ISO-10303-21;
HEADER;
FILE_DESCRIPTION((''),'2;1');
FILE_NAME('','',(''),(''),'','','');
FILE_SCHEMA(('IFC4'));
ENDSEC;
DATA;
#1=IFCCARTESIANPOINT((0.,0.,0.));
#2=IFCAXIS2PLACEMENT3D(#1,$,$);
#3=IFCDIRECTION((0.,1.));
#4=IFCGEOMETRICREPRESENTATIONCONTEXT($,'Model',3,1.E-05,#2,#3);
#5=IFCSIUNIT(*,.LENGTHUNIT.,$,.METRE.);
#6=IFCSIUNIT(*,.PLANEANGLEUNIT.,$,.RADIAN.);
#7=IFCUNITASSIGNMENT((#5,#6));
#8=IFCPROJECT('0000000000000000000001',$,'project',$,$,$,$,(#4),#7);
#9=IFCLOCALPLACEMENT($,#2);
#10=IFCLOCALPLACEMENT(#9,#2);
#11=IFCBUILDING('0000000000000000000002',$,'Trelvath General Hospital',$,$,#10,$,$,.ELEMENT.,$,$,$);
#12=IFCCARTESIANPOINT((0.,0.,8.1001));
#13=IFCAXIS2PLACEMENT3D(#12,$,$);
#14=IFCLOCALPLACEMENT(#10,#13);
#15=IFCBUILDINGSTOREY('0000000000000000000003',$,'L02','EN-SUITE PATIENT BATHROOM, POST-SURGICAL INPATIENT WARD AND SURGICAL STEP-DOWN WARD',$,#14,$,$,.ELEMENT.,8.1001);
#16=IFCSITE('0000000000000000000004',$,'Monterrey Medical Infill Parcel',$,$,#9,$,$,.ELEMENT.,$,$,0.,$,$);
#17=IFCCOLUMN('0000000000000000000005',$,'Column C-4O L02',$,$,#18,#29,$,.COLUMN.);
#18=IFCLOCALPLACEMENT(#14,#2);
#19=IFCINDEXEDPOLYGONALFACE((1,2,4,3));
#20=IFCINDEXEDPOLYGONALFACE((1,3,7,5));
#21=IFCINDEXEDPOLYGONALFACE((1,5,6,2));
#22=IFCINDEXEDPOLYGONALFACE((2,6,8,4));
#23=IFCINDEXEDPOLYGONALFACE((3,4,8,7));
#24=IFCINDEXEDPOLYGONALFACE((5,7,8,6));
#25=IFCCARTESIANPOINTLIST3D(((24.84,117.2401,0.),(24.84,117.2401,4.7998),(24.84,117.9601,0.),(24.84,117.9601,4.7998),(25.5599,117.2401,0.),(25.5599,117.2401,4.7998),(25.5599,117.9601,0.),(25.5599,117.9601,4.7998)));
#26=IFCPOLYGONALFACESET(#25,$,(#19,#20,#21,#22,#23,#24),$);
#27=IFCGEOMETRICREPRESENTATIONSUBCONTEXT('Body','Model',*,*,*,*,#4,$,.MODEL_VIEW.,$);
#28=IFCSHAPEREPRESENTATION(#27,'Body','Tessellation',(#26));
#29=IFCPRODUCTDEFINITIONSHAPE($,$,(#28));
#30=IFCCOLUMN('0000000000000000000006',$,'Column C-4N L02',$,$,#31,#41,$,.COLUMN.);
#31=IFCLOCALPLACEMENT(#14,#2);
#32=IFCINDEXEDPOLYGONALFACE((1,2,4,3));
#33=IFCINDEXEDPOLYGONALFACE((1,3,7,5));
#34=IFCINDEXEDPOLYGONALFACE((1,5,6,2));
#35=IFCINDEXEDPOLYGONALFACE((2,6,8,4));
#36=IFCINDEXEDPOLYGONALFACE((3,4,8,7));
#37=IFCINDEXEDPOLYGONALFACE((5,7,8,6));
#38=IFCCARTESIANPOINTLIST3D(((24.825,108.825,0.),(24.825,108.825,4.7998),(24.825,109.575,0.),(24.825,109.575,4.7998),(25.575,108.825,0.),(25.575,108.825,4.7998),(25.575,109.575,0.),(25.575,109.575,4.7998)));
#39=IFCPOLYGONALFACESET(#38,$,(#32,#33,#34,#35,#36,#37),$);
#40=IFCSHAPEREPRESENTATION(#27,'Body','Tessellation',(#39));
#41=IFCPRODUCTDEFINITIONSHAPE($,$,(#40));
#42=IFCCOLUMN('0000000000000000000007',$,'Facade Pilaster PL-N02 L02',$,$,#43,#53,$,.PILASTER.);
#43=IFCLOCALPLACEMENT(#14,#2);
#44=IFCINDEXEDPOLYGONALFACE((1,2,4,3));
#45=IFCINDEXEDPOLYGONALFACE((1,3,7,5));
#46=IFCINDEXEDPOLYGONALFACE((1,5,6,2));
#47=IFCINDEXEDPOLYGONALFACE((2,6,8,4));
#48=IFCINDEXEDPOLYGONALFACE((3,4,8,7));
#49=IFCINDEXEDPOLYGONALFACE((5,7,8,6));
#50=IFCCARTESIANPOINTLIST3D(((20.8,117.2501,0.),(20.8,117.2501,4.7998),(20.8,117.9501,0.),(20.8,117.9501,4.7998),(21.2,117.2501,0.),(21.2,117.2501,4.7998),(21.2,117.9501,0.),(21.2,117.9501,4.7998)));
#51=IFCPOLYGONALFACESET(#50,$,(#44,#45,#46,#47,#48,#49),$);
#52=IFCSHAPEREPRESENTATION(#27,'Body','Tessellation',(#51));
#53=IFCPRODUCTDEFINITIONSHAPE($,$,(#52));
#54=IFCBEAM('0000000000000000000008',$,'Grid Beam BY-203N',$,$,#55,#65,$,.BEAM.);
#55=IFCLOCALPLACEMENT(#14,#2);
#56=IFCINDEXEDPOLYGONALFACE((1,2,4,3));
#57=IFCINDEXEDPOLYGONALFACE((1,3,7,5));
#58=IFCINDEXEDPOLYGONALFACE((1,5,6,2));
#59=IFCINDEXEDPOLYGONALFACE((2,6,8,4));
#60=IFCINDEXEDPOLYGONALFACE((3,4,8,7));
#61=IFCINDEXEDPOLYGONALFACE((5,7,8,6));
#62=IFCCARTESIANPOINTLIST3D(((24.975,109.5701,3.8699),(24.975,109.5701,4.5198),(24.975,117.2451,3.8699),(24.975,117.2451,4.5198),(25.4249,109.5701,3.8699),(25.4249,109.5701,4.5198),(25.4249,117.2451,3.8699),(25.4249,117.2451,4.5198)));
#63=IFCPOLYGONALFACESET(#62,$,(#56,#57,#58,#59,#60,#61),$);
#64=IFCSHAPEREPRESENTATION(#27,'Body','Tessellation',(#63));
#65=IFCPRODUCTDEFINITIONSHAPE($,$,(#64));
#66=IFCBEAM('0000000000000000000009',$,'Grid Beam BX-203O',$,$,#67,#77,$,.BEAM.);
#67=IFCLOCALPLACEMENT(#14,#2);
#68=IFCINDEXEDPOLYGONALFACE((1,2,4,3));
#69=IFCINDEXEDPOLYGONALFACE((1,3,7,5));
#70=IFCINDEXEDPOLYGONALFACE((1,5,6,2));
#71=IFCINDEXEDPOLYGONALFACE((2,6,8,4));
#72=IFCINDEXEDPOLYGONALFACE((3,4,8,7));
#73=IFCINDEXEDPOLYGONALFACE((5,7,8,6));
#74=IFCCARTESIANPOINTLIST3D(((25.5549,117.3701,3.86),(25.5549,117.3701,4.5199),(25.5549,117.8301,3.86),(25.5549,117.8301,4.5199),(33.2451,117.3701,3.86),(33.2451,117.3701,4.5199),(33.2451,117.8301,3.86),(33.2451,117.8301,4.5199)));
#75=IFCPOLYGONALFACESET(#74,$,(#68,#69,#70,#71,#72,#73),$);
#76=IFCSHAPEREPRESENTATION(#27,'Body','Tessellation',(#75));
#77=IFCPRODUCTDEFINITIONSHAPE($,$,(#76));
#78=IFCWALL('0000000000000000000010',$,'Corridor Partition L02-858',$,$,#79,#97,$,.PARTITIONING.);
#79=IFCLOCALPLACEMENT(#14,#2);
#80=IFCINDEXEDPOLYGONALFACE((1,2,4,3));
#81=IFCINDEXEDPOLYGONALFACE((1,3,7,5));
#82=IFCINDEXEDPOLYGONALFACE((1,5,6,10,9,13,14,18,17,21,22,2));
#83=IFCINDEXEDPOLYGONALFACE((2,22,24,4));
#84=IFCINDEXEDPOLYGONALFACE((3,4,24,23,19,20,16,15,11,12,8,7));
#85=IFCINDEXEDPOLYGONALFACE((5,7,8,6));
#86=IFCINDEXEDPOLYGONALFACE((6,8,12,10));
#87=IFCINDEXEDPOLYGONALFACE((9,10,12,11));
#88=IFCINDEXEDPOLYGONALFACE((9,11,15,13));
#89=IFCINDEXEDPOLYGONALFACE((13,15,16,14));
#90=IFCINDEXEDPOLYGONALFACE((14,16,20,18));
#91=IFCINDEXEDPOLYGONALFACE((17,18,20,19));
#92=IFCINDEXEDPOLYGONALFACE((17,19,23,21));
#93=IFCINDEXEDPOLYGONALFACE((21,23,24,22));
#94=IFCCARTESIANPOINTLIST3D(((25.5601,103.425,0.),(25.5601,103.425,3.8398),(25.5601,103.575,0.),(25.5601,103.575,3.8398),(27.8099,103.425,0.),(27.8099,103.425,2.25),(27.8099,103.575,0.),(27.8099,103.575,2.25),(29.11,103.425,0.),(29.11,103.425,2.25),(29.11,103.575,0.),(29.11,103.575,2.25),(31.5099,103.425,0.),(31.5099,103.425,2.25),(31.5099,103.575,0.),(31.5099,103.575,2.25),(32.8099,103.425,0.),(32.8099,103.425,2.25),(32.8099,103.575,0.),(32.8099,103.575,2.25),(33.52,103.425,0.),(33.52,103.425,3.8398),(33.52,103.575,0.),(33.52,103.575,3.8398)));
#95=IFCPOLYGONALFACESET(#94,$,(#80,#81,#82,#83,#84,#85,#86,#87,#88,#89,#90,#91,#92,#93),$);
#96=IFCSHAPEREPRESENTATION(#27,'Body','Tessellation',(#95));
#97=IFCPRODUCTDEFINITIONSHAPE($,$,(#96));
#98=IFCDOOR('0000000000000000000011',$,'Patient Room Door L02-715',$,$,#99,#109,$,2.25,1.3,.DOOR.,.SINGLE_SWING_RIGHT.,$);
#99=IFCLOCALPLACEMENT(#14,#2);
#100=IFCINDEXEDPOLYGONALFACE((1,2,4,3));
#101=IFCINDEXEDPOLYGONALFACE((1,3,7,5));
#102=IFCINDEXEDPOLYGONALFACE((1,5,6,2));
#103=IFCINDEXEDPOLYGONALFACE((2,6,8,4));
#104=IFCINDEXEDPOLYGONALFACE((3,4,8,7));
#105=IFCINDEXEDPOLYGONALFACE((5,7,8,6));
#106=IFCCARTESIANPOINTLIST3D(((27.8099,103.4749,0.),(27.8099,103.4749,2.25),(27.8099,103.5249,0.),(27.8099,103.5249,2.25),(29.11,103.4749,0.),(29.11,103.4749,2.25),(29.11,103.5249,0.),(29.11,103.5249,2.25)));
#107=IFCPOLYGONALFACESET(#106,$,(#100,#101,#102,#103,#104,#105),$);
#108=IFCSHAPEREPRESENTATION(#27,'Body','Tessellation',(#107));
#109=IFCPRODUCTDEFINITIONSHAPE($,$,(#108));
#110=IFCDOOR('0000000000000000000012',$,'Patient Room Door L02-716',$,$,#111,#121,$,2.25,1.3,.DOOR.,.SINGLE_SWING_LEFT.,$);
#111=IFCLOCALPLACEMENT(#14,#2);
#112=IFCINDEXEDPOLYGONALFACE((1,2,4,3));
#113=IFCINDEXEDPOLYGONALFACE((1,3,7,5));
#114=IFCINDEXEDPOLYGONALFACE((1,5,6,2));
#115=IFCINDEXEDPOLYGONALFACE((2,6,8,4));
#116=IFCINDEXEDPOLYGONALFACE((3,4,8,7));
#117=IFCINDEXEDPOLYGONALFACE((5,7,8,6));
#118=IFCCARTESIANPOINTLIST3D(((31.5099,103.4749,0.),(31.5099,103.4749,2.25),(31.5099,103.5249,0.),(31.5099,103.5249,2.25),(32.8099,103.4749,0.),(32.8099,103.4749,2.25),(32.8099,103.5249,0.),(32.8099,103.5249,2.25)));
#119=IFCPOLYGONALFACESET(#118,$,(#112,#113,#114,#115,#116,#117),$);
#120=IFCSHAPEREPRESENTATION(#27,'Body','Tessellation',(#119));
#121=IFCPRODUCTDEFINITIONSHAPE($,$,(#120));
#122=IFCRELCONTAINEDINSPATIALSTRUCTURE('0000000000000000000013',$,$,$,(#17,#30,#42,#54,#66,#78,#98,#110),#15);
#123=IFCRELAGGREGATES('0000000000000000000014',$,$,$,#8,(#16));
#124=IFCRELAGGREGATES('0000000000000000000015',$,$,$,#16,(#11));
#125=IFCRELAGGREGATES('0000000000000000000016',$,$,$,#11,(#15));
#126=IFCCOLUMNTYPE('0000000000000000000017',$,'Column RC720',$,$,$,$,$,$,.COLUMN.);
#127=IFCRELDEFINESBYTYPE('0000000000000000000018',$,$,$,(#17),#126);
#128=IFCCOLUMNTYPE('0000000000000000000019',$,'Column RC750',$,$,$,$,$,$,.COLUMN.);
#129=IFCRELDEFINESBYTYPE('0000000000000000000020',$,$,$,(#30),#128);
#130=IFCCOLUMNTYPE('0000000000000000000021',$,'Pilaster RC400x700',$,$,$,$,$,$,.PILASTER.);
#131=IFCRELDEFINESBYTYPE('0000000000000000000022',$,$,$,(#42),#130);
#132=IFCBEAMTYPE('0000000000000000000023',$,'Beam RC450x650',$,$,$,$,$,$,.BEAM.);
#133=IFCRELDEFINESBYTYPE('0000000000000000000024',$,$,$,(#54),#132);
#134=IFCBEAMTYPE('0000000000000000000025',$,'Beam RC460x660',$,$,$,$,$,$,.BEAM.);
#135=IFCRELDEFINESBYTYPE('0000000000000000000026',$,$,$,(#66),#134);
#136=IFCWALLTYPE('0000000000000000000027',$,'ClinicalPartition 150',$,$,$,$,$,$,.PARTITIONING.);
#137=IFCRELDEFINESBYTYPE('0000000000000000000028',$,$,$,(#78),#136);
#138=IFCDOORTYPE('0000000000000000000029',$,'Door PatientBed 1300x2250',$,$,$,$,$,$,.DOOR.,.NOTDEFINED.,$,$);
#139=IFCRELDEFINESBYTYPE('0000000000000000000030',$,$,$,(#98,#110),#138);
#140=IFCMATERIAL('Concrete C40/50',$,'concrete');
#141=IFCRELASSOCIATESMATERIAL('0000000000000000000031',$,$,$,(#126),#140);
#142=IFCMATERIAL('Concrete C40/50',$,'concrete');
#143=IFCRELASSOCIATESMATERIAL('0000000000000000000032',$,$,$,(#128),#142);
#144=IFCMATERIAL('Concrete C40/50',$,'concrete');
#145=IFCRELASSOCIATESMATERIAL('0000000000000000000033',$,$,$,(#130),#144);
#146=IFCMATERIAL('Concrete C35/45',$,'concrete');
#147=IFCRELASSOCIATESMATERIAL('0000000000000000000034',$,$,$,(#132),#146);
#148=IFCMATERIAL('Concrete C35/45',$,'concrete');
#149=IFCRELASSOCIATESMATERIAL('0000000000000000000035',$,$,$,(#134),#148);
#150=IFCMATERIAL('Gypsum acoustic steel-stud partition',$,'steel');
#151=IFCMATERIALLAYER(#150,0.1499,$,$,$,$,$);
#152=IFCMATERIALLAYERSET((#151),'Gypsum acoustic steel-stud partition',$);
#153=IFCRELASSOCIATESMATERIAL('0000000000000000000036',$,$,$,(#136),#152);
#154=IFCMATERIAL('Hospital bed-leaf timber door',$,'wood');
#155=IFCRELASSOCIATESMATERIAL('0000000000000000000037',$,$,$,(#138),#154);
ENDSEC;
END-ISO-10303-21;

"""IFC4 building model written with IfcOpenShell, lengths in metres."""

from ifc_helpers import new_model, si_unit, direction, frame, frame_2d, origin, origin_2d, place, context, subcontext, project, spatial, rectangle, extrude, material, layer, layer_set, material_profile, profile_set, type_object, element, fill, save


model = new_model("IFC4")

# Units and contexts
model_context = context("Model", 3, precision=1e-05, world=origin(), true_north=direction((0.0, 1.0)))
body_context = subcontext(model_context, "Body", "Model", "MODEL_VIEW")
ifc_project = project(units=[si_unit("LENGTHUNIT", "METRE"), si_unit("PLANEANGLEUNIT", "RADIAN")], contexts=[model_context])

# Site, building, storey
site_placement = place(None, origin())
site = spatial("IfcSite", under=ifc_project, at=site_placement, Name="Monterrey Medical Infill Parcel", CompositionType="ELEMENT", RefElevation=0.0)
building_placement = place(site_placement, origin())
building = spatial("IfcBuilding", under=site, at=building_placement, Name="Trelvath General Hospital", CompositionType="ELEMENT")
storey_placement = place(building_placement, frame((0.0, 0.0, 8.1001)))
storey = spatial("IfcBuildingStorey", under=building, at=storey_placement, Name="L02", Description="EN-SUITE PATIENT BATHROOM, POST-SURGICAL INPATIENT WARD AND SURGICAL STEP-DOWN WARD", CompositionType="ELEMENT", Elevation=8.1001)

# Columns
ifc_material_1 = material(Name="Concrete C40/50", Category="concrete")
ifc_material_profile_1 = material_profile(ifc_material_1, rectangle(XDim=0.72, YDim=0.72, at=origin_2d()), Name="RC720x720")
ifc_profile_set_1 = profile_set([ifc_material_profile_1], Name="Concrete C40/50")
column_type_1 = type_object("IfcColumnType", Name="Column RC720", PredefinedType="COLUMN", material=ifc_profile_set_1)
column_1_placement = place(storey_placement, frame((25.2, 117.6001, 0.0), z_axis=(0.0, 0.0, 1.0), x_axis=(1.0, 0.0, 0.0)))
element("IfcColumn", 1, at=column_1_placement, inside=storey, type_object=column_type_1, Name="Column C-4O L02", PredefinedType="COLUMN", context=body_context, shape_type="SweptSolid", body=[
    extrude(rectangle(XDim=0.72, YDim=0.72, at=origin_2d()), origin(), (0.0, 0.0, 1.0), 4.7998),
])
ifc_material_2 = material(Name="Concrete C40/50", Category="concrete")
ifc_material_profile_2 = material_profile(ifc_material_2, rectangle(XDim=0.75, YDim=0.75, at=origin_2d()), Name="RC750x750")
ifc_profile_set_2 = profile_set([ifc_material_profile_2], Name="Concrete C40/50")
column_type_2 = type_object("IfcColumnType", Name="Column RC750", PredefinedType="COLUMN", material=ifc_profile_set_2)
column_2_placement = place(storey_placement, frame((25.2, 109.2, 0.0), z_axis=(0.0, 0.0, 1.0), x_axis=(1.0, 0.0, 0.0)))
element("IfcColumn", 2, at=column_2_placement, inside=storey, type_object=column_type_2, Name="Column C-4N L02", PredefinedType="COLUMN", context=body_context, shape_type="SweptSolid", body=[
    extrude(rectangle(XDim=0.75, YDim=0.75, at=origin_2d()), origin(), (0.0, 0.0, 1.0), 4.7998),
])
ifc_material_3 = material(Name="Concrete C40/50", Category="concrete")
ifc_material_profile_3 = material_profile(ifc_material_3, rectangle(XDim=0.3999, YDim=0.7, at=origin_2d()), Name="RC400x700")
ifc_profile_set_3 = profile_set([ifc_material_profile_3], Name="Concrete C40/50")
column_type_3 = type_object("IfcColumnType", Name="Pilaster RC400x700", PredefinedType="PILASTER", material=ifc_profile_set_3)
column_3_placement = place(storey_placement, frame((21.0, 117.6001, 0.0), z_axis=(0.0, 0.0, 1.0), x_axis=(1.0, 0.0, 0.0)))
element("IfcColumn", 3, at=column_3_placement, inside=storey, type_object=column_type_3, Name="Facade Pilaster PL-N02 L02", PredefinedType="PILASTER", context=body_context, shape_type="SweptSolid", body=[
    extrude(rectangle(XDim=0.3999, YDim=0.7, at=origin_2d()), origin(), (0.0, 0.0, 1.0), 4.7998),
])

# Beams
ifc_material_4 = material(Name="Concrete C35/45", Category="concrete")
ifc_material_profile_4 = material_profile(ifc_material_4, rectangle(XDim=0.45, YDim=0.6499, at=origin_2d()), Name="RCB450x650")
ifc_profile_set_4 = profile_set([ifc_material_profile_4], Name="Concrete C35/45")
beam_type_1 = type_object("IfcBeamType", Name="Beam RC450x650", PredefinedType="BEAM", material=ifc_profile_set_4)
beam_1_placement = place(storey_placement, frame((25.2, 109.5701, 4.1948), z_axis=(0.0, 1.0, 0.0), x_axis=(-1.0, 0.0, 0.0)))
element("IfcBeam", 4, at=beam_1_placement, inside=storey, type_object=beam_type_1, Name="Grid Beam BY-203N", PredefinedType="BEAM", context=body_context, shape_type="SweptSolid", body=[
    extrude(rectangle(XDim=0.45, YDim=0.6499, at=origin_2d()), origin(), (0.0, 0.0, 1.0), 7.675),
])
ifc_material_5 = material(Name="Concrete C35/45", Category="concrete")
ifc_material_profile_5 = material_profile(ifc_material_5, rectangle(XDim=0.46, YDim=0.6599, at=origin_2d()), Name="RCB460x660")
ifc_profile_set_5 = profile_set([ifc_material_profile_5], Name="Concrete C35/45")
beam_type_2 = type_object("IfcBeamType", Name="Beam RC460x660", PredefinedType="BEAM", material=ifc_profile_set_5)
beam_2_placement = place(storey_placement, frame((25.5549, 117.6001, 4.1899), z_axis=(1.0, 0.0, 0.0), x_axis=(0.0, 1.0, 0.0)))
element("IfcBeam", 5, at=beam_2_placement, inside=storey, type_object=beam_type_2, Name="Grid Beam BX-203O", PredefinedType="BEAM", context=body_context, shape_type="SweptSolid", body=[
    extrude(rectangle(XDim=0.46, YDim=0.6599, at=origin_2d()), origin(), (0.0, 0.0, 1.0), 7.6902),
])

# Wall, openings, doors
ifc_material_6 = material(Name="Gypsum acoustic steel-stud partition", Category="steel")
ifc_layer_1 = layer(ifc_material_6, 0.1499)
ifc_layer_set_1 = layer_set([ifc_layer_1], Name="Gypsum acoustic steel-stud partition")
wall_type_1 = type_object("IfcWallType", Name="ClinicalPartition 150", PredefinedType="PARTITIONING", material=ifc_layer_set_1)
wall_1_placement = place(storey_placement, frame((25.5601, 103.5, 0.0), z_axis=(0.0, 0.0, 1.0), x_axis=(1.0, 0.0, 0.0)))
wall_1 = element("IfcWall", 6, at=wall_1_placement, inside=storey, type_object=wall_type_1, Name="Corridor Partition L02-858", PredefinedType="PARTITIONING", context=body_context, shape_type="SweptSolid", body=[
    extrude(rectangle(XDim=7.96, YDim=0.1499, at=frame_2d((3.98, 0.0))), origin(), (0.0, 0.0, 1.0), 3.8398),
])
opening_1_placement = place(wall_1_placement, frame((2.25, 0.0, 0.0)))
opening_1 = element("IfcOpeningElement", 7, at=opening_1_placement, cuts=wall_1, PredefinedType="OPENING", context=body_context, shape_type="SweptSolid", body=[
    extrude(rectangle(XDim=1.3, YDim=2.25, at=frame_2d((0.6499, 1.125))), frame((0.0, 0.085, 0.0), z_axis=(0.0, -1.0, 0.0), x_axis=(1.0, 0.0, 0.0)), (0.0, 0.0, 1.0), 0.1699),
])
opening_2_placement = place(wall_1_placement, frame((5.95, 0.0, 0.0)))
opening_2 = element("IfcOpeningElement", 8, at=opening_2_placement, cuts=wall_1, PredefinedType="OPENING", context=body_context, shape_type="SweptSolid", body=[
    extrude(rectangle(XDim=1.3, YDim=2.25, at=frame_2d((0.6499, 1.125))), frame((0.0, 0.085, 0.0), z_axis=(0.0, -1.0, 0.0), x_axis=(1.0, 0.0, 0.0)), (0.0, 0.0, 1.0), 0.1699),
])
ifc_material_7 = material(Name="Hospital bed-leaf timber door", Category="wood")
door_type_1 = type_object("IfcDoorType", Name="Door PatientBed 1300x2250", OperationType="NOTDEFINED", PredefinedType="DOOR", material=ifc_material_7)
door_1_placement = place(opening_1_placement, origin())
door_1 = element("IfcDoor", 9, at=door_1_placement, inside=storey, type_object=door_type_1, Name="Patient Room Door L02-715", OperationType="SINGLE_SWING_RIGHT", OverallHeight=2.25, OverallWidth=1.3, PredefinedType="DOOR", context=body_context, shape_type="SweptSolid", body=[
    extrude(rectangle(XDim=1.3, YDim=2.25, at=frame_2d((0.6499, 1.125))), frame((0.0, 0.0249, 0.0), z_axis=(0.0, -1.0, 0.0), x_axis=(1.0, 0.0, 0.0)), (0.0, 0.0, 1.0), 0.05),
])
fill(opening_1, door_1)
door_2_placement = place(opening_2_placement, origin())
door_2 = element("IfcDoor", 10, at=door_2_placement, inside=storey, type_object=door_type_1, Name="Patient Room Door L02-716", OperationType="SINGLE_SWING_LEFT", OverallHeight=2.25, OverallWidth=1.3, PredefinedType="DOOR", context=body_context, shape_type="SweptSolid", body=[
    extrude(rectangle(XDim=1.3, YDim=2.25, at=frame_2d((0.6499, 1.125))), frame((0.0, 0.0249, 0.0), z_axis=(0.0, -1.0, 0.0), x_axis=(1.0, 0.0, 0.0)), (0.0, 0.0, 1.0), 0.05),
])
fill(opening_2, door_2)

save(model, "model.ifc")
